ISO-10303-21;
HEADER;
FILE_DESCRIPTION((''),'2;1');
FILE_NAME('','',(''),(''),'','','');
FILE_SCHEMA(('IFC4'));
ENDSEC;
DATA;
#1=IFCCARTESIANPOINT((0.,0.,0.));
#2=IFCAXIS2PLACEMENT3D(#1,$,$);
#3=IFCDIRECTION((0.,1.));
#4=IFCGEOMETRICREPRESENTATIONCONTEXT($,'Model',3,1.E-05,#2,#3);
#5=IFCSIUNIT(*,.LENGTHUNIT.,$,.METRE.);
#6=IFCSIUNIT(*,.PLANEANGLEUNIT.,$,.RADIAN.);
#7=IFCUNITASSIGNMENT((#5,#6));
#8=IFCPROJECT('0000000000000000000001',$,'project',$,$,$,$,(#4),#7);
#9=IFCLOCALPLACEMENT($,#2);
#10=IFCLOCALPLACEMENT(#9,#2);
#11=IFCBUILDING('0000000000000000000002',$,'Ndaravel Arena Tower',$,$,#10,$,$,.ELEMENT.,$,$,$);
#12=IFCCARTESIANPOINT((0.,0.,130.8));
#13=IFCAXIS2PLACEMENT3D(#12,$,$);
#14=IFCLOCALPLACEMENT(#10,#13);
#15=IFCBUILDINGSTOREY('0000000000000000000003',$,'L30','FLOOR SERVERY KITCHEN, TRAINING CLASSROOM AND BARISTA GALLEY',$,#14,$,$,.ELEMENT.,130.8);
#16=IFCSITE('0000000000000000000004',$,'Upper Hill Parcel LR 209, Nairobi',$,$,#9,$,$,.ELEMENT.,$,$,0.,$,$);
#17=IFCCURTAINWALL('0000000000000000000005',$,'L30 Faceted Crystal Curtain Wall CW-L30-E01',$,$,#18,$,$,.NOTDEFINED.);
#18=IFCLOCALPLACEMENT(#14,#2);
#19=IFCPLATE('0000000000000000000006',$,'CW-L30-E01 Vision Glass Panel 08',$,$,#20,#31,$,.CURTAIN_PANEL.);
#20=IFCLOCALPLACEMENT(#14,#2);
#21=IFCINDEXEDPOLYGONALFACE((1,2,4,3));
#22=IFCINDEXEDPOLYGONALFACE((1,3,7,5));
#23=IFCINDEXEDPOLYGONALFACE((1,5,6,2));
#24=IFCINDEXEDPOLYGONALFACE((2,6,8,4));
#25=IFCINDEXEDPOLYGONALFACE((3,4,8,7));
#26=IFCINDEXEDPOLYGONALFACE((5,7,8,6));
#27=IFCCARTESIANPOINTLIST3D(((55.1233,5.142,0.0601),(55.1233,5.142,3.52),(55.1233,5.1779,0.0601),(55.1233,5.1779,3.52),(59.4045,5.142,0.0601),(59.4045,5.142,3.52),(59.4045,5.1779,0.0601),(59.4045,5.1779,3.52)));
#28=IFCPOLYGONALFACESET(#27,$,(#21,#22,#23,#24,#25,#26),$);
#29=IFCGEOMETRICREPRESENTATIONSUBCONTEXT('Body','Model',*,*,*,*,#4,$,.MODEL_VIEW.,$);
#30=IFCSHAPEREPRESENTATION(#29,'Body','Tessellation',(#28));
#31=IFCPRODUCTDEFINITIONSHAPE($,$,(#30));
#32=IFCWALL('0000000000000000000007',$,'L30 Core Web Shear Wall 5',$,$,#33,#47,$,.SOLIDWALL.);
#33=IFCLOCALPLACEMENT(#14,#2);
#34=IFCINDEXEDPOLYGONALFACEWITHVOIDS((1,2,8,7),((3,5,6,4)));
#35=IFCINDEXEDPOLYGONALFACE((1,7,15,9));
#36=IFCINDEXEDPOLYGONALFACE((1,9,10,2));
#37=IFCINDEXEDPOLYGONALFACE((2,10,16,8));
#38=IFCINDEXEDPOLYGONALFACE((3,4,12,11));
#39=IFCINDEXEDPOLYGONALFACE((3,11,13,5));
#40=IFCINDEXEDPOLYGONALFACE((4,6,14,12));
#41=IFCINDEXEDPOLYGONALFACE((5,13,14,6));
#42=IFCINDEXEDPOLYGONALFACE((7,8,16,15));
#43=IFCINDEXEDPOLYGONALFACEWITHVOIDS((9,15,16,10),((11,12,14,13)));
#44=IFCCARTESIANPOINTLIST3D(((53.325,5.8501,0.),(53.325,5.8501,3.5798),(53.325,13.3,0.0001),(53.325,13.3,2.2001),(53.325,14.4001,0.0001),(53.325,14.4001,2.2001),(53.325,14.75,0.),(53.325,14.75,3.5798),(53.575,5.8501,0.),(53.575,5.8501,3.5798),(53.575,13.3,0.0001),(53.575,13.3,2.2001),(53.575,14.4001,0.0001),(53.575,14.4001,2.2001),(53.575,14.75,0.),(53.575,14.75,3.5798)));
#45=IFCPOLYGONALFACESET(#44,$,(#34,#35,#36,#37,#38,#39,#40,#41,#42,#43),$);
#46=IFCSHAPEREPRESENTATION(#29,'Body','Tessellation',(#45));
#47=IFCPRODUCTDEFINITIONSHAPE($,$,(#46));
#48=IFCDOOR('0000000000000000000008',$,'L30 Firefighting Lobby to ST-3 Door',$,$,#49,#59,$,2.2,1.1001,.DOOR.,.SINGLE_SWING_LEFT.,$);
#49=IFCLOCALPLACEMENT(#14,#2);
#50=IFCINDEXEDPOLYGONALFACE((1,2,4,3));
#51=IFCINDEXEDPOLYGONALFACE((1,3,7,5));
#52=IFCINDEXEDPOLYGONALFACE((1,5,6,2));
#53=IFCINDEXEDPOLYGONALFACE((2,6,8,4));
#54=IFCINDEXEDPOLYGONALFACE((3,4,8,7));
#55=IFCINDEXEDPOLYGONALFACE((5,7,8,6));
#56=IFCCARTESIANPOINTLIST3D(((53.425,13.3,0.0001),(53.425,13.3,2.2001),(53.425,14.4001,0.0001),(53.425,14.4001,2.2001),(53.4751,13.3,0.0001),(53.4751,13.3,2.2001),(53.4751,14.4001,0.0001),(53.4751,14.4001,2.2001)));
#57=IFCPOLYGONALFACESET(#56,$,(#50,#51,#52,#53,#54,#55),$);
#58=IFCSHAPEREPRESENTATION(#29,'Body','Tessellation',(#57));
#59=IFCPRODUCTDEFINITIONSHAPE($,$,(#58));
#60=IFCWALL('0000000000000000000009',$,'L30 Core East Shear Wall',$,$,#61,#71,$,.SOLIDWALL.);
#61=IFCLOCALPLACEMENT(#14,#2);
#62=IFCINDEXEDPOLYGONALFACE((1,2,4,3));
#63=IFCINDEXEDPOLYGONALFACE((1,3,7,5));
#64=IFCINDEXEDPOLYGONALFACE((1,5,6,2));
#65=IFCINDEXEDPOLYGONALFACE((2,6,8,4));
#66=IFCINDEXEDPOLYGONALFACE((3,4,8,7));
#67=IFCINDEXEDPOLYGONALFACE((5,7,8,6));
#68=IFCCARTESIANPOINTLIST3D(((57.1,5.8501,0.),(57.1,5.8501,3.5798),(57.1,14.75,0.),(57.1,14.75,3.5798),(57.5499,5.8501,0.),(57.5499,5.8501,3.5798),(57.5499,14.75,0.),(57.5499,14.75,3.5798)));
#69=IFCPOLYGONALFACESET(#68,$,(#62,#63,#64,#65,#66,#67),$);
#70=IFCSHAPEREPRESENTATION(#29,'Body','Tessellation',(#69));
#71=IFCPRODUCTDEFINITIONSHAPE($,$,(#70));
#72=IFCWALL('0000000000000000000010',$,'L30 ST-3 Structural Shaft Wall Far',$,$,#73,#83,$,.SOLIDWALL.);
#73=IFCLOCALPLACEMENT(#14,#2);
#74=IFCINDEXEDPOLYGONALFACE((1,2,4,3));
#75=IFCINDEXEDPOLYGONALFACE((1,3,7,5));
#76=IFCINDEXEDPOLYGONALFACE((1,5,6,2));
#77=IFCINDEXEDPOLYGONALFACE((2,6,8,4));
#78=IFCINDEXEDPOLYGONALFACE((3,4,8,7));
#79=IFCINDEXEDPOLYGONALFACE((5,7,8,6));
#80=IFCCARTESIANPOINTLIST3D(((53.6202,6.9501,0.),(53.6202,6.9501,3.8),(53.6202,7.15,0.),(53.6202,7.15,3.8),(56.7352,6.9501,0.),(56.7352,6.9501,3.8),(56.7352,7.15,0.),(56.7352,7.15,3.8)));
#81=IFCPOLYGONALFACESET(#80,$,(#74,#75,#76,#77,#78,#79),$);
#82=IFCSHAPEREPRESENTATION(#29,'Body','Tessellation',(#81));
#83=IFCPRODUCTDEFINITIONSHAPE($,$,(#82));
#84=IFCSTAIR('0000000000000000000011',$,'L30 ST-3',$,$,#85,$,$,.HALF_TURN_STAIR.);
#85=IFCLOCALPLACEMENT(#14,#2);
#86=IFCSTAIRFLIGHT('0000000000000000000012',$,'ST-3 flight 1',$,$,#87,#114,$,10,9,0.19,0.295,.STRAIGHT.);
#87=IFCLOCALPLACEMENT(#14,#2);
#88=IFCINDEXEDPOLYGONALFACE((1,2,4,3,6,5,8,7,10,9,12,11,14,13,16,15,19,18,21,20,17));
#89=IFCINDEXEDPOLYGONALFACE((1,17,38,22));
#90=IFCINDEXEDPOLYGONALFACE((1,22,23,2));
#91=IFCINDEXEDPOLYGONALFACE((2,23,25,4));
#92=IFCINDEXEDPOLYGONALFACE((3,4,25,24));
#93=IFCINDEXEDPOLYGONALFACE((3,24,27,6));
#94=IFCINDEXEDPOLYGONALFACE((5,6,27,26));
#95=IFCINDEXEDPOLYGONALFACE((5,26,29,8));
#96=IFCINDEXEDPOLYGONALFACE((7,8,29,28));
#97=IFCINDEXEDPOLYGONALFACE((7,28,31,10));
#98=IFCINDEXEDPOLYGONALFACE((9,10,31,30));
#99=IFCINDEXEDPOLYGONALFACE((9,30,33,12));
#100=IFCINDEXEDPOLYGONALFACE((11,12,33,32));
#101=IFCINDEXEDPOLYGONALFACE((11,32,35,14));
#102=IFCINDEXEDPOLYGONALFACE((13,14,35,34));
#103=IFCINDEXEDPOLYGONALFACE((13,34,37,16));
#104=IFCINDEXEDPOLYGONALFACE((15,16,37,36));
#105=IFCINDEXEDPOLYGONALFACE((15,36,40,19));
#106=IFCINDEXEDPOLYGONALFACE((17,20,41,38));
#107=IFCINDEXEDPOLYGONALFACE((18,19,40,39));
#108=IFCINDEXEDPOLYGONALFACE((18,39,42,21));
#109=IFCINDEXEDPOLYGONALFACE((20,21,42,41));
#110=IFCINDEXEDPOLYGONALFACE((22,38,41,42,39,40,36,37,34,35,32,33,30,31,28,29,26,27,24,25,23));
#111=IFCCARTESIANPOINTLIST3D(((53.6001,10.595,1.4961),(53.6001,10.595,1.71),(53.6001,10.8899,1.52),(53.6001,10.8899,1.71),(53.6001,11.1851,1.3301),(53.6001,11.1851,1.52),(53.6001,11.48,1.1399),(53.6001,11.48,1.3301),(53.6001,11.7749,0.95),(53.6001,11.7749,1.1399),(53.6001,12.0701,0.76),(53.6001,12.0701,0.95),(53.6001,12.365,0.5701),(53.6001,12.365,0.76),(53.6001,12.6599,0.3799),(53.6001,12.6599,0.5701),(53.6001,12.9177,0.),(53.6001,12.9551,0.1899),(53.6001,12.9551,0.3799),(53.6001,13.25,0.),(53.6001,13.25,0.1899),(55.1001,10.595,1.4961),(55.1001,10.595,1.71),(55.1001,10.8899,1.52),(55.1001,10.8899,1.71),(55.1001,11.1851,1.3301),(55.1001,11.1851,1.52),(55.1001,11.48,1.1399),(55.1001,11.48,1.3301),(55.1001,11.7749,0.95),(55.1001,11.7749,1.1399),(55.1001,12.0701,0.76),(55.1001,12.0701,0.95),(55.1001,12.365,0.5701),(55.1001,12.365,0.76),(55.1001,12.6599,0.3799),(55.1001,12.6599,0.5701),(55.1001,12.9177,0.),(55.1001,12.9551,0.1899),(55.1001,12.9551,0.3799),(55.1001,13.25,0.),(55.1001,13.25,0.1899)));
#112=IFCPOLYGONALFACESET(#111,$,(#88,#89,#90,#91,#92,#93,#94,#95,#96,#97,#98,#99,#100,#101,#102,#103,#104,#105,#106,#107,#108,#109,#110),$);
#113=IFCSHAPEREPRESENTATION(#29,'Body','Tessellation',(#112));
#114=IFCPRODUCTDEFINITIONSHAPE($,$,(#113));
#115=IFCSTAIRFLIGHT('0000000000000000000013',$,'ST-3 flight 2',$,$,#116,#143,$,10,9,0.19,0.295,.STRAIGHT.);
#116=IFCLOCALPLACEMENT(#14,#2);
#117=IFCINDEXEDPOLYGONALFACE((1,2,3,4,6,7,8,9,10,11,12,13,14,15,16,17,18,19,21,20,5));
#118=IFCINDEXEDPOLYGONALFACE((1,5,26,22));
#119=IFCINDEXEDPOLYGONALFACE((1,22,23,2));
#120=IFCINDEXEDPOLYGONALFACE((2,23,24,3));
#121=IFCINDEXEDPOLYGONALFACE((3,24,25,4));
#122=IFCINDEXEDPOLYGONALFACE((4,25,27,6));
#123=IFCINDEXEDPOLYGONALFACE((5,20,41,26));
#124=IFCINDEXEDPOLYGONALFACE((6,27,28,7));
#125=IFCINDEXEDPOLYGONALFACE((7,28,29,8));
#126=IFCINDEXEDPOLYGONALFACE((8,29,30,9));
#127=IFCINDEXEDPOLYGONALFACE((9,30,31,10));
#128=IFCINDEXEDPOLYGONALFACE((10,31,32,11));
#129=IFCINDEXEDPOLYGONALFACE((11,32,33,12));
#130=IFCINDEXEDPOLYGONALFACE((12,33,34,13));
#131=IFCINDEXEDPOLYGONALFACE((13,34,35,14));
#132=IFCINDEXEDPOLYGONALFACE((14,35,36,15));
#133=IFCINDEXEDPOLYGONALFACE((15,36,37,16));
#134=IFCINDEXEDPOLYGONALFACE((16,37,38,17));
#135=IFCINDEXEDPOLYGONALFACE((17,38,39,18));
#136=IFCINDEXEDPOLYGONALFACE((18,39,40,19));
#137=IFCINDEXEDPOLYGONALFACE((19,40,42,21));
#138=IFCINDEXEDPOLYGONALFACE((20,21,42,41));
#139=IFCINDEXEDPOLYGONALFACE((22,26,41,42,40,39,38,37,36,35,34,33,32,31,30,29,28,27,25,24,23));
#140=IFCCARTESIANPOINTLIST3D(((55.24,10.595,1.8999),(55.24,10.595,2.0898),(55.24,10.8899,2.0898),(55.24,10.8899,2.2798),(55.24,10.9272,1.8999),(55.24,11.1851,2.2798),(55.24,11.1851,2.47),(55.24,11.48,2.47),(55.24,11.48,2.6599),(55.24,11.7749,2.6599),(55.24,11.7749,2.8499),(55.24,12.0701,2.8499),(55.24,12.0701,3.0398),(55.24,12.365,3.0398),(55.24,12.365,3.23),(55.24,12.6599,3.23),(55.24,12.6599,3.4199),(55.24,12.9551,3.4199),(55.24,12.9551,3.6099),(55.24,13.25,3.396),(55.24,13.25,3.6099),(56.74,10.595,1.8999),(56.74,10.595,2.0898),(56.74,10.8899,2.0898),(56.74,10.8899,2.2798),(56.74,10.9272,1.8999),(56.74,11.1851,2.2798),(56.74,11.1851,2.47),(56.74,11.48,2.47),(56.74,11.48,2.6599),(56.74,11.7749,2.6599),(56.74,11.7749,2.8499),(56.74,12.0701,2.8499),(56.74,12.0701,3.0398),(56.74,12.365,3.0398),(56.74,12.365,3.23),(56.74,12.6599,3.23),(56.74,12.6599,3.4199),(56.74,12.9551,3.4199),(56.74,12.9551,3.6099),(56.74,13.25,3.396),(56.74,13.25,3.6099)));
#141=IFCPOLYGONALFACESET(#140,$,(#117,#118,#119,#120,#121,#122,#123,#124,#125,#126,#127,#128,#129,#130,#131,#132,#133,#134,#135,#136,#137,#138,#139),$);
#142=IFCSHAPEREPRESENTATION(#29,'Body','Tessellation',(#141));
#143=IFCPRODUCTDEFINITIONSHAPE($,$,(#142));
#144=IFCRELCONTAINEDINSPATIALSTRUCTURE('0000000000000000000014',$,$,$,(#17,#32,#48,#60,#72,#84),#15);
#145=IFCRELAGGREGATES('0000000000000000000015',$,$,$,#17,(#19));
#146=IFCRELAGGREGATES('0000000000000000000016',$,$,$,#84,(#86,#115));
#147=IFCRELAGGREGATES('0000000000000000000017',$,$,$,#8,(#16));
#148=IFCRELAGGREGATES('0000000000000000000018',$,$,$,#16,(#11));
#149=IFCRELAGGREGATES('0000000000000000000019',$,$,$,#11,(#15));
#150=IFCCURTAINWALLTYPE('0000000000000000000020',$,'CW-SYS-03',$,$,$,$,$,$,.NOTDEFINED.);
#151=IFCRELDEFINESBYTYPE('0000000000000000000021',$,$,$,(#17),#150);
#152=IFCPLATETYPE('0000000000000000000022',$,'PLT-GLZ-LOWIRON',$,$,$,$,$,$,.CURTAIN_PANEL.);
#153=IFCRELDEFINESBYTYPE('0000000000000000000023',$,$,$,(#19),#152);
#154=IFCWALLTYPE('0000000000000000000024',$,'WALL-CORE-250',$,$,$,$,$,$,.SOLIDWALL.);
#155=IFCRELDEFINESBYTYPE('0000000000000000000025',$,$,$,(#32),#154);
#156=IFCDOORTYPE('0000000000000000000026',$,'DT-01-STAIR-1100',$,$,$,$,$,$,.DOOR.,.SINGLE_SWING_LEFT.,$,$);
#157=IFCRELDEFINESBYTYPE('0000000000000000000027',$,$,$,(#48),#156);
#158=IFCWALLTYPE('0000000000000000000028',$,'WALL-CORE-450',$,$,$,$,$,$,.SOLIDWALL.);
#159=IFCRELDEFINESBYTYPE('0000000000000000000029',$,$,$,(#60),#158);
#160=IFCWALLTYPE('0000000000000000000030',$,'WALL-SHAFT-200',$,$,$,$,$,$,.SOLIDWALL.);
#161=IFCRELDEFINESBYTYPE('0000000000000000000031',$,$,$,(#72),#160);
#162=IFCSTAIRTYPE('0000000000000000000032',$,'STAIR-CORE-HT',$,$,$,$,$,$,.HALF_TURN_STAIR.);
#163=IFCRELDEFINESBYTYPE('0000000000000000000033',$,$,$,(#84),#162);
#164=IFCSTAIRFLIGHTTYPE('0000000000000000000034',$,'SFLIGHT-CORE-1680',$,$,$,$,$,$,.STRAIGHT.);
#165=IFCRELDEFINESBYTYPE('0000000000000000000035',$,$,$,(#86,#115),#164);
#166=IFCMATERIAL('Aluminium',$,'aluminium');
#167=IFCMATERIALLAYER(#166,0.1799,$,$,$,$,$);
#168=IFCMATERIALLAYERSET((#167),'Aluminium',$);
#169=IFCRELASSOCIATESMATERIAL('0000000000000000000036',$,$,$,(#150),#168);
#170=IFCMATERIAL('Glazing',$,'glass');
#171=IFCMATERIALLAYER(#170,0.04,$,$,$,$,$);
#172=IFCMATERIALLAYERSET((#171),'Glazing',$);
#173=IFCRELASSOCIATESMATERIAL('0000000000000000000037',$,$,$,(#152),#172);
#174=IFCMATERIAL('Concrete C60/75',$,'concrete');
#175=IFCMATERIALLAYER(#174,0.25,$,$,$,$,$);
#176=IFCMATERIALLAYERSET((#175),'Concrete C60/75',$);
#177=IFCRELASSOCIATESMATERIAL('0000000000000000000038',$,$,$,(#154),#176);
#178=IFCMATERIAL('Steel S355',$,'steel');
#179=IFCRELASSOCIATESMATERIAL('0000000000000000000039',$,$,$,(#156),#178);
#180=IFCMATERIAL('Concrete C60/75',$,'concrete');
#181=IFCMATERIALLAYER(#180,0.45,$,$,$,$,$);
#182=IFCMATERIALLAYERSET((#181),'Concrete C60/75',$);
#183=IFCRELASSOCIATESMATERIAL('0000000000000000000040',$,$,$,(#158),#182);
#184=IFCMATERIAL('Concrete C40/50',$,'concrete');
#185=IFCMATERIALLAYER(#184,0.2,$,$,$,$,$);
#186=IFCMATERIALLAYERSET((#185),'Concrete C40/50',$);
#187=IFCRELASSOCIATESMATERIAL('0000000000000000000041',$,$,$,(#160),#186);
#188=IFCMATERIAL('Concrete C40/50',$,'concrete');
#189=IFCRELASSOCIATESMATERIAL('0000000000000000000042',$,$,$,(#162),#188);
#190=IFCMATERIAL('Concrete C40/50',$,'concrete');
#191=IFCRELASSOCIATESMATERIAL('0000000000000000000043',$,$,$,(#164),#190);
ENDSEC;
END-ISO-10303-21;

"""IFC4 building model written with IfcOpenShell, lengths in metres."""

from ifc_helpers import new_model, si_unit, direction, frame, frame_2d, origin, origin_2d, place, context, subcontext, project, spatial, polyline, rectangle, outline, extrude, material, layer, layer_set, type_object, element, fill, aggregate, save


model = new_model("IFC4")

# Units and contexts
model_context = context("Model", 3, precision=1e-05, world=origin(), true_north=direction((0.0, 1.0)))
body_context = subcontext(model_context, "Body", "Model", "MODEL_VIEW")
ifc_project = project(units=[si_unit("LENGTHUNIT", "METRE"), si_unit("PLANEANGLEUNIT", "RADIAN")], contexts=[model_context])

# Site, building, storey
site_placement = place(None, origin())
site = spatial("IfcSite", under=ifc_project, at=site_placement, Name="Upper Hill Parcel LR 209, Nairobi", CompositionType="ELEMENT", RefElevation=0.0)
building_placement = place(site_placement, origin())
building = spatial("IfcBuilding", under=site, at=building_placement, Name="Ndaravel Arena Tower", CompositionType="ELEMENT")
storey_placement = place(building_placement, frame((0.0, 0.0, 130.8)))
storey = spatial("IfcBuildingStorey", under=building, at=storey_placement, Name="L30", Description="FLOOR SERVERY KITCHEN, TRAINING CLASSROOM AND BARISTA GALLEY", CompositionType="ELEMENT", Elevation=130.8)

# Curtain wall
ifc_material_1 = material(Name="Aluminium", Category="aluminium")
ifc_layer_1 = layer(ifc_material_1, 0.1799)
ifc_layer_set_1 = layer_set([ifc_layer_1], Name="Aluminium")
curtain_wall_type_1 = type_object("IfcCurtainWallType", Name="CW-SYS-03", PredefinedType="NOTDEFINED", material=ifc_layer_set_1)
curtain_wall_1_placement = place(storey_placement, origin())
curtain_wall_1 = element("IfcCurtainWall", 1, at=curtain_wall_1_placement, inside=storey, type_object=curtain_wall_type_1, Name="L30 Faceted Crystal Curtain Wall CW-L30-E01", PredefinedType="NOTDEFINED")

# Plate
ifc_material_2 = material(Name="Glazing", Category="glass")
ifc_layer_2 = layer(ifc_material_2, 0.04)
ifc_layer_set_2 = layer_set([ifc_layer_2], Name="Glazing")
plate_type = type_object("IfcPlateType", Name="PLT-GLZ-LOWIRON", PredefinedType="CURTAIN_PANEL", material=ifc_layer_set_2)
plate_1_placement = place(storey_placement, frame((57.2639, 5.1599, 0.0601), z_axis=(0.0, 0.0, 1.0), x_axis=(1.0, 0.0, 0.0)))
plate_1 = element("IfcPlate", 2, at=plate_1_placement, type_object=plate_type, Name="CW-L30-E01 Vision Glass Panel 08", PredefinedType="CURTAIN_PANEL", context=body_context, shape_type="SweptSolid", body=[
    extrude(rectangle(XDim=4.2812, YDim=0.0359, at=origin_2d()), origin(), (0.0, 0.0, 1.0), 3.46),
])
aggregate(curtain_wall_1, [plate_1])

# Wall, opening, door
ifc_material_3 = material(Name="Concrete C60/75", Category="concrete")
ifc_layer_3 = layer(ifc_material_3, 0.25)
ifc_layer_set_3 = layer_set([ifc_layer_3], Name="Concrete C60/75")
wall_type_1 = type_object("IfcWallType", Name="WALL-CORE-250", PredefinedType="SOLIDWALL", material=ifc_layer_set_3)
wall_1_placement = place(storey_placement, frame((53.45, 5.8501, 0.0), z_axis=(0.0, 0.0, 1.0), x_axis=(0.0, 1.0, 0.0)))
wall_1 = element("IfcWall", 3, at=wall_1_placement, inside=storey, type_object=wall_type_1, Name="L30 Core Web Shear Wall 5", PredefinedType="SOLIDWALL", context=body_context, shape_type="SweptSolid", body=[
    extrude(rectangle(XDim=8.8999, YDim=0.25, at=frame_2d((4.45, 0.0))), origin(), (0.0, 0.0, 1.0), 3.5798),
])
opening_placement = place(wall_1_placement, frame((7.45, 0.0, 0.0)))
opening = element("IfcOpeningElement", 4, at=opening_placement, cuts=wall_1, PredefinedType="OPENING", context=body_context, shape_type="SweptSolid", body=[
    extrude(rectangle(XDim=1.1001, YDim=2.2, at=frame_2d((0.55, 1.1001))), frame((0.0, 0.125, 0.0), z_axis=(0.0, -1.0, 0.0), x_axis=(1.0, 0.0, 0.0)), (0.0, 0.0, 1.0), 0.25),
])
ifc_material_4 = material(Name="Steel S355", Category="steel")
door_type = type_object("IfcDoorType", Name="DT-01-STAIR-1100", OperationType="SINGLE_SWING_LEFT", PredefinedType="DOOR", material=ifc_material_4)
door_placement = place(opening_placement, origin())
door = element("IfcDoor", 5, at=door_placement, inside=storey, type_object=door_type, Name="L30 Firefighting Lobby to ST-3 Door", OperationType="SINGLE_SWING_LEFT", OverallHeight=2.2, OverallWidth=1.1001, PredefinedType="DOOR", context=body_context, shape_type="SweptSolid", body=[
    extrude(rectangle(XDim=1.1001, YDim=2.2, at=frame_2d((0.55, 1.1001))), frame((0.0, 0.0249, 0.0), z_axis=(0.0, -1.0, 0.0), x_axis=(1.0, 0.0, 0.0)), (0.0, 0.0, 1.0), 0.05),
])
fill(opening, door)

# Walls
ifc_material_5 = material(Name="Concrete C60/75", Category="concrete")
ifc_layer_4 = layer(ifc_material_5, 0.45)
ifc_layer_set_4 = layer_set([ifc_layer_4], Name="Concrete C60/75")
wall_type_2 = type_object("IfcWallType", Name="WALL-CORE-450", PredefinedType="SOLIDWALL", material=ifc_layer_set_4)
wall_2_placement = place(storey_placement, frame((57.325, 5.8501, 0.0), z_axis=(0.0, 0.0, 1.0), x_axis=(0.0, 1.0, 0.0)))
element("IfcWall", 6, at=wall_2_placement, inside=storey, type_object=wall_type_2, Name="L30 Core East Shear Wall", PredefinedType="SOLIDWALL", context=body_context, shape_type="SweptSolid", body=[
    extrude(rectangle(XDim=8.8999, YDim=0.45, at=frame_2d((4.45, 0.0))), origin(), (0.0, 0.0, 1.0), 3.5798),
])
ifc_material_6 = material(Name="Concrete C40/50", Category="concrete")
ifc_layer_5 = layer(ifc_material_6, 0.2)
ifc_layer_set_5 = layer_set([ifc_layer_5], Name="Concrete C40/50")
wall_type_3 = type_object("IfcWallType", Name="WALL-SHAFT-200", PredefinedType="SOLIDWALL", material=ifc_layer_set_5)
wall_3_placement = place(storey_placement, frame((53.6201, 7.05, 0.0), z_axis=(0.0, 0.0, 1.0), x_axis=(1.0, 0.0, 0.0)))
element("IfcWall", 7, at=wall_3_placement, inside=storey, type_object=wall_type_3, Name="L30 ST-3 Structural Shaft Wall Far", PredefinedType="SOLIDWALL", context=body_context, shape_type="SweptSolid", body=[
    extrude(rectangle(XDim=3.115, YDim=0.2, at=frame_2d((1.5576, 0.0))), origin(), (0.0, 0.0, 1.0), 3.8),
])

# Stair, stair flights
ifc_material_7 = material(Name="Concrete C40/50", Category="concrete")
stair_type = type_object("IfcStairType", Name="STAIR-CORE-HT", PredefinedType="HALF_TURN_STAIR", material=ifc_material_7)
stair_placement = place(storey_placement, origin())
stair = element("IfcStair", 8, at=stair_placement, inside=storey, type_object=stair_type, Name="L30 ST-3", PredefinedType="HALF_TURN_STAIR")
ifc_material_8 = material(Name="Concrete C40/50", Category="concrete")
stair_flight_type = type_object("IfcStairFlightType", Name="SFLIGHT-CORE-1680", PredefinedType="STRAIGHT", material=ifc_material_8)
stair_flight_1_placement = place(storey_placement, frame((54.3501, 13.25, 0.0), z_axis=(0.0, 0.0, 1.0), x_axis=(0.0, -1.0, 0.0)))
stair_flight_1 = element("IfcStairFlight", 9, at=stair_flight_1_placement, type_object=stair_flight_type, Name="ST-3 flight 1", NumberOfRisers=10, NumberOfTreads=9, PredefinedType="STRAIGHT", RiserHeight=0.19, TreadLength=0.295, context=body_context, shape_type="SweptSolid", body=[
    extrude(outline(polyline([(0.0, 0.0), (0.0, 0.1899), (0.2949, 0.1899), (0.2949, 0.3799), (0.5901, 0.3799), (0.5901, 0.5701), (0.885, 0.5701), (0.885, 0.76), (1.1799, 0.76), (1.1799, 0.95), (1.4751, 0.95), (1.4751, 1.1399), (1.77, 1.1399), (1.77, 1.3301), (2.0649, 1.3301), (2.0649, 1.52), (2.3601, 1.52), (2.3601, 1.71), (2.655, 1.71), (2.655, 1.8999), (2.655, 1.4961), (0.3323, 0.0), (0.0, 0.0)])), frame((0.0, 0.75, 0.0), z_axis=(0.0, -1.0, 0.0), x_axis=(1.0, 0.0, 0.0)), (0.0, 0.0, 1.0), 1.5),
])
stair_flight_2_placement = place(storey_placement, frame((55.99, 10.595, 1.8999), z_axis=(0.0, 0.0, 1.0), x_axis=(0.0, 1.0, 0.0)))
stair_flight_2 = element("IfcStairFlight", 10, at=stair_flight_2_placement, type_object=stair_flight_type, Name="ST-3 flight 2", NumberOfRisers=10, NumberOfTreads=9, PredefinedType="STRAIGHT", RiserHeight=0.19, TreadLength=0.295, context=body_context, shape_type="SweptSolid", body=[
    extrude(outline(polyline([(0.0, 0.0), (0.0, 0.1899), (0.2949, 0.1899), (0.2949, 0.3799), (0.5901, 0.3799), (0.5901, 0.5701), (0.885, 0.5701), (0.885, 0.76), (1.1799, 0.76), (1.1799, 0.95), (1.4751, 0.95), (1.4751, 1.1399), (1.77, 1.1399), (1.77, 1.3301), (2.0649, 1.3301), (2.0649, 1.52), (2.3601, 1.52), (2.3601, 1.71), (2.655, 1.71), (2.655, 1.8999), (2.655, 1.4961), (0.3323, 0.0), (0.0, 0.0)])), frame((0.0, 0.75, 0.0), z_axis=(0.0, -1.0, 0.0), x_axis=(1.0, 0.0, 0.0)), (0.0, 0.0, 1.0), 1.5),
])
aggregate(stair, [stair_flight_1, stair_flight_2])

save(model, "model.ifc")
